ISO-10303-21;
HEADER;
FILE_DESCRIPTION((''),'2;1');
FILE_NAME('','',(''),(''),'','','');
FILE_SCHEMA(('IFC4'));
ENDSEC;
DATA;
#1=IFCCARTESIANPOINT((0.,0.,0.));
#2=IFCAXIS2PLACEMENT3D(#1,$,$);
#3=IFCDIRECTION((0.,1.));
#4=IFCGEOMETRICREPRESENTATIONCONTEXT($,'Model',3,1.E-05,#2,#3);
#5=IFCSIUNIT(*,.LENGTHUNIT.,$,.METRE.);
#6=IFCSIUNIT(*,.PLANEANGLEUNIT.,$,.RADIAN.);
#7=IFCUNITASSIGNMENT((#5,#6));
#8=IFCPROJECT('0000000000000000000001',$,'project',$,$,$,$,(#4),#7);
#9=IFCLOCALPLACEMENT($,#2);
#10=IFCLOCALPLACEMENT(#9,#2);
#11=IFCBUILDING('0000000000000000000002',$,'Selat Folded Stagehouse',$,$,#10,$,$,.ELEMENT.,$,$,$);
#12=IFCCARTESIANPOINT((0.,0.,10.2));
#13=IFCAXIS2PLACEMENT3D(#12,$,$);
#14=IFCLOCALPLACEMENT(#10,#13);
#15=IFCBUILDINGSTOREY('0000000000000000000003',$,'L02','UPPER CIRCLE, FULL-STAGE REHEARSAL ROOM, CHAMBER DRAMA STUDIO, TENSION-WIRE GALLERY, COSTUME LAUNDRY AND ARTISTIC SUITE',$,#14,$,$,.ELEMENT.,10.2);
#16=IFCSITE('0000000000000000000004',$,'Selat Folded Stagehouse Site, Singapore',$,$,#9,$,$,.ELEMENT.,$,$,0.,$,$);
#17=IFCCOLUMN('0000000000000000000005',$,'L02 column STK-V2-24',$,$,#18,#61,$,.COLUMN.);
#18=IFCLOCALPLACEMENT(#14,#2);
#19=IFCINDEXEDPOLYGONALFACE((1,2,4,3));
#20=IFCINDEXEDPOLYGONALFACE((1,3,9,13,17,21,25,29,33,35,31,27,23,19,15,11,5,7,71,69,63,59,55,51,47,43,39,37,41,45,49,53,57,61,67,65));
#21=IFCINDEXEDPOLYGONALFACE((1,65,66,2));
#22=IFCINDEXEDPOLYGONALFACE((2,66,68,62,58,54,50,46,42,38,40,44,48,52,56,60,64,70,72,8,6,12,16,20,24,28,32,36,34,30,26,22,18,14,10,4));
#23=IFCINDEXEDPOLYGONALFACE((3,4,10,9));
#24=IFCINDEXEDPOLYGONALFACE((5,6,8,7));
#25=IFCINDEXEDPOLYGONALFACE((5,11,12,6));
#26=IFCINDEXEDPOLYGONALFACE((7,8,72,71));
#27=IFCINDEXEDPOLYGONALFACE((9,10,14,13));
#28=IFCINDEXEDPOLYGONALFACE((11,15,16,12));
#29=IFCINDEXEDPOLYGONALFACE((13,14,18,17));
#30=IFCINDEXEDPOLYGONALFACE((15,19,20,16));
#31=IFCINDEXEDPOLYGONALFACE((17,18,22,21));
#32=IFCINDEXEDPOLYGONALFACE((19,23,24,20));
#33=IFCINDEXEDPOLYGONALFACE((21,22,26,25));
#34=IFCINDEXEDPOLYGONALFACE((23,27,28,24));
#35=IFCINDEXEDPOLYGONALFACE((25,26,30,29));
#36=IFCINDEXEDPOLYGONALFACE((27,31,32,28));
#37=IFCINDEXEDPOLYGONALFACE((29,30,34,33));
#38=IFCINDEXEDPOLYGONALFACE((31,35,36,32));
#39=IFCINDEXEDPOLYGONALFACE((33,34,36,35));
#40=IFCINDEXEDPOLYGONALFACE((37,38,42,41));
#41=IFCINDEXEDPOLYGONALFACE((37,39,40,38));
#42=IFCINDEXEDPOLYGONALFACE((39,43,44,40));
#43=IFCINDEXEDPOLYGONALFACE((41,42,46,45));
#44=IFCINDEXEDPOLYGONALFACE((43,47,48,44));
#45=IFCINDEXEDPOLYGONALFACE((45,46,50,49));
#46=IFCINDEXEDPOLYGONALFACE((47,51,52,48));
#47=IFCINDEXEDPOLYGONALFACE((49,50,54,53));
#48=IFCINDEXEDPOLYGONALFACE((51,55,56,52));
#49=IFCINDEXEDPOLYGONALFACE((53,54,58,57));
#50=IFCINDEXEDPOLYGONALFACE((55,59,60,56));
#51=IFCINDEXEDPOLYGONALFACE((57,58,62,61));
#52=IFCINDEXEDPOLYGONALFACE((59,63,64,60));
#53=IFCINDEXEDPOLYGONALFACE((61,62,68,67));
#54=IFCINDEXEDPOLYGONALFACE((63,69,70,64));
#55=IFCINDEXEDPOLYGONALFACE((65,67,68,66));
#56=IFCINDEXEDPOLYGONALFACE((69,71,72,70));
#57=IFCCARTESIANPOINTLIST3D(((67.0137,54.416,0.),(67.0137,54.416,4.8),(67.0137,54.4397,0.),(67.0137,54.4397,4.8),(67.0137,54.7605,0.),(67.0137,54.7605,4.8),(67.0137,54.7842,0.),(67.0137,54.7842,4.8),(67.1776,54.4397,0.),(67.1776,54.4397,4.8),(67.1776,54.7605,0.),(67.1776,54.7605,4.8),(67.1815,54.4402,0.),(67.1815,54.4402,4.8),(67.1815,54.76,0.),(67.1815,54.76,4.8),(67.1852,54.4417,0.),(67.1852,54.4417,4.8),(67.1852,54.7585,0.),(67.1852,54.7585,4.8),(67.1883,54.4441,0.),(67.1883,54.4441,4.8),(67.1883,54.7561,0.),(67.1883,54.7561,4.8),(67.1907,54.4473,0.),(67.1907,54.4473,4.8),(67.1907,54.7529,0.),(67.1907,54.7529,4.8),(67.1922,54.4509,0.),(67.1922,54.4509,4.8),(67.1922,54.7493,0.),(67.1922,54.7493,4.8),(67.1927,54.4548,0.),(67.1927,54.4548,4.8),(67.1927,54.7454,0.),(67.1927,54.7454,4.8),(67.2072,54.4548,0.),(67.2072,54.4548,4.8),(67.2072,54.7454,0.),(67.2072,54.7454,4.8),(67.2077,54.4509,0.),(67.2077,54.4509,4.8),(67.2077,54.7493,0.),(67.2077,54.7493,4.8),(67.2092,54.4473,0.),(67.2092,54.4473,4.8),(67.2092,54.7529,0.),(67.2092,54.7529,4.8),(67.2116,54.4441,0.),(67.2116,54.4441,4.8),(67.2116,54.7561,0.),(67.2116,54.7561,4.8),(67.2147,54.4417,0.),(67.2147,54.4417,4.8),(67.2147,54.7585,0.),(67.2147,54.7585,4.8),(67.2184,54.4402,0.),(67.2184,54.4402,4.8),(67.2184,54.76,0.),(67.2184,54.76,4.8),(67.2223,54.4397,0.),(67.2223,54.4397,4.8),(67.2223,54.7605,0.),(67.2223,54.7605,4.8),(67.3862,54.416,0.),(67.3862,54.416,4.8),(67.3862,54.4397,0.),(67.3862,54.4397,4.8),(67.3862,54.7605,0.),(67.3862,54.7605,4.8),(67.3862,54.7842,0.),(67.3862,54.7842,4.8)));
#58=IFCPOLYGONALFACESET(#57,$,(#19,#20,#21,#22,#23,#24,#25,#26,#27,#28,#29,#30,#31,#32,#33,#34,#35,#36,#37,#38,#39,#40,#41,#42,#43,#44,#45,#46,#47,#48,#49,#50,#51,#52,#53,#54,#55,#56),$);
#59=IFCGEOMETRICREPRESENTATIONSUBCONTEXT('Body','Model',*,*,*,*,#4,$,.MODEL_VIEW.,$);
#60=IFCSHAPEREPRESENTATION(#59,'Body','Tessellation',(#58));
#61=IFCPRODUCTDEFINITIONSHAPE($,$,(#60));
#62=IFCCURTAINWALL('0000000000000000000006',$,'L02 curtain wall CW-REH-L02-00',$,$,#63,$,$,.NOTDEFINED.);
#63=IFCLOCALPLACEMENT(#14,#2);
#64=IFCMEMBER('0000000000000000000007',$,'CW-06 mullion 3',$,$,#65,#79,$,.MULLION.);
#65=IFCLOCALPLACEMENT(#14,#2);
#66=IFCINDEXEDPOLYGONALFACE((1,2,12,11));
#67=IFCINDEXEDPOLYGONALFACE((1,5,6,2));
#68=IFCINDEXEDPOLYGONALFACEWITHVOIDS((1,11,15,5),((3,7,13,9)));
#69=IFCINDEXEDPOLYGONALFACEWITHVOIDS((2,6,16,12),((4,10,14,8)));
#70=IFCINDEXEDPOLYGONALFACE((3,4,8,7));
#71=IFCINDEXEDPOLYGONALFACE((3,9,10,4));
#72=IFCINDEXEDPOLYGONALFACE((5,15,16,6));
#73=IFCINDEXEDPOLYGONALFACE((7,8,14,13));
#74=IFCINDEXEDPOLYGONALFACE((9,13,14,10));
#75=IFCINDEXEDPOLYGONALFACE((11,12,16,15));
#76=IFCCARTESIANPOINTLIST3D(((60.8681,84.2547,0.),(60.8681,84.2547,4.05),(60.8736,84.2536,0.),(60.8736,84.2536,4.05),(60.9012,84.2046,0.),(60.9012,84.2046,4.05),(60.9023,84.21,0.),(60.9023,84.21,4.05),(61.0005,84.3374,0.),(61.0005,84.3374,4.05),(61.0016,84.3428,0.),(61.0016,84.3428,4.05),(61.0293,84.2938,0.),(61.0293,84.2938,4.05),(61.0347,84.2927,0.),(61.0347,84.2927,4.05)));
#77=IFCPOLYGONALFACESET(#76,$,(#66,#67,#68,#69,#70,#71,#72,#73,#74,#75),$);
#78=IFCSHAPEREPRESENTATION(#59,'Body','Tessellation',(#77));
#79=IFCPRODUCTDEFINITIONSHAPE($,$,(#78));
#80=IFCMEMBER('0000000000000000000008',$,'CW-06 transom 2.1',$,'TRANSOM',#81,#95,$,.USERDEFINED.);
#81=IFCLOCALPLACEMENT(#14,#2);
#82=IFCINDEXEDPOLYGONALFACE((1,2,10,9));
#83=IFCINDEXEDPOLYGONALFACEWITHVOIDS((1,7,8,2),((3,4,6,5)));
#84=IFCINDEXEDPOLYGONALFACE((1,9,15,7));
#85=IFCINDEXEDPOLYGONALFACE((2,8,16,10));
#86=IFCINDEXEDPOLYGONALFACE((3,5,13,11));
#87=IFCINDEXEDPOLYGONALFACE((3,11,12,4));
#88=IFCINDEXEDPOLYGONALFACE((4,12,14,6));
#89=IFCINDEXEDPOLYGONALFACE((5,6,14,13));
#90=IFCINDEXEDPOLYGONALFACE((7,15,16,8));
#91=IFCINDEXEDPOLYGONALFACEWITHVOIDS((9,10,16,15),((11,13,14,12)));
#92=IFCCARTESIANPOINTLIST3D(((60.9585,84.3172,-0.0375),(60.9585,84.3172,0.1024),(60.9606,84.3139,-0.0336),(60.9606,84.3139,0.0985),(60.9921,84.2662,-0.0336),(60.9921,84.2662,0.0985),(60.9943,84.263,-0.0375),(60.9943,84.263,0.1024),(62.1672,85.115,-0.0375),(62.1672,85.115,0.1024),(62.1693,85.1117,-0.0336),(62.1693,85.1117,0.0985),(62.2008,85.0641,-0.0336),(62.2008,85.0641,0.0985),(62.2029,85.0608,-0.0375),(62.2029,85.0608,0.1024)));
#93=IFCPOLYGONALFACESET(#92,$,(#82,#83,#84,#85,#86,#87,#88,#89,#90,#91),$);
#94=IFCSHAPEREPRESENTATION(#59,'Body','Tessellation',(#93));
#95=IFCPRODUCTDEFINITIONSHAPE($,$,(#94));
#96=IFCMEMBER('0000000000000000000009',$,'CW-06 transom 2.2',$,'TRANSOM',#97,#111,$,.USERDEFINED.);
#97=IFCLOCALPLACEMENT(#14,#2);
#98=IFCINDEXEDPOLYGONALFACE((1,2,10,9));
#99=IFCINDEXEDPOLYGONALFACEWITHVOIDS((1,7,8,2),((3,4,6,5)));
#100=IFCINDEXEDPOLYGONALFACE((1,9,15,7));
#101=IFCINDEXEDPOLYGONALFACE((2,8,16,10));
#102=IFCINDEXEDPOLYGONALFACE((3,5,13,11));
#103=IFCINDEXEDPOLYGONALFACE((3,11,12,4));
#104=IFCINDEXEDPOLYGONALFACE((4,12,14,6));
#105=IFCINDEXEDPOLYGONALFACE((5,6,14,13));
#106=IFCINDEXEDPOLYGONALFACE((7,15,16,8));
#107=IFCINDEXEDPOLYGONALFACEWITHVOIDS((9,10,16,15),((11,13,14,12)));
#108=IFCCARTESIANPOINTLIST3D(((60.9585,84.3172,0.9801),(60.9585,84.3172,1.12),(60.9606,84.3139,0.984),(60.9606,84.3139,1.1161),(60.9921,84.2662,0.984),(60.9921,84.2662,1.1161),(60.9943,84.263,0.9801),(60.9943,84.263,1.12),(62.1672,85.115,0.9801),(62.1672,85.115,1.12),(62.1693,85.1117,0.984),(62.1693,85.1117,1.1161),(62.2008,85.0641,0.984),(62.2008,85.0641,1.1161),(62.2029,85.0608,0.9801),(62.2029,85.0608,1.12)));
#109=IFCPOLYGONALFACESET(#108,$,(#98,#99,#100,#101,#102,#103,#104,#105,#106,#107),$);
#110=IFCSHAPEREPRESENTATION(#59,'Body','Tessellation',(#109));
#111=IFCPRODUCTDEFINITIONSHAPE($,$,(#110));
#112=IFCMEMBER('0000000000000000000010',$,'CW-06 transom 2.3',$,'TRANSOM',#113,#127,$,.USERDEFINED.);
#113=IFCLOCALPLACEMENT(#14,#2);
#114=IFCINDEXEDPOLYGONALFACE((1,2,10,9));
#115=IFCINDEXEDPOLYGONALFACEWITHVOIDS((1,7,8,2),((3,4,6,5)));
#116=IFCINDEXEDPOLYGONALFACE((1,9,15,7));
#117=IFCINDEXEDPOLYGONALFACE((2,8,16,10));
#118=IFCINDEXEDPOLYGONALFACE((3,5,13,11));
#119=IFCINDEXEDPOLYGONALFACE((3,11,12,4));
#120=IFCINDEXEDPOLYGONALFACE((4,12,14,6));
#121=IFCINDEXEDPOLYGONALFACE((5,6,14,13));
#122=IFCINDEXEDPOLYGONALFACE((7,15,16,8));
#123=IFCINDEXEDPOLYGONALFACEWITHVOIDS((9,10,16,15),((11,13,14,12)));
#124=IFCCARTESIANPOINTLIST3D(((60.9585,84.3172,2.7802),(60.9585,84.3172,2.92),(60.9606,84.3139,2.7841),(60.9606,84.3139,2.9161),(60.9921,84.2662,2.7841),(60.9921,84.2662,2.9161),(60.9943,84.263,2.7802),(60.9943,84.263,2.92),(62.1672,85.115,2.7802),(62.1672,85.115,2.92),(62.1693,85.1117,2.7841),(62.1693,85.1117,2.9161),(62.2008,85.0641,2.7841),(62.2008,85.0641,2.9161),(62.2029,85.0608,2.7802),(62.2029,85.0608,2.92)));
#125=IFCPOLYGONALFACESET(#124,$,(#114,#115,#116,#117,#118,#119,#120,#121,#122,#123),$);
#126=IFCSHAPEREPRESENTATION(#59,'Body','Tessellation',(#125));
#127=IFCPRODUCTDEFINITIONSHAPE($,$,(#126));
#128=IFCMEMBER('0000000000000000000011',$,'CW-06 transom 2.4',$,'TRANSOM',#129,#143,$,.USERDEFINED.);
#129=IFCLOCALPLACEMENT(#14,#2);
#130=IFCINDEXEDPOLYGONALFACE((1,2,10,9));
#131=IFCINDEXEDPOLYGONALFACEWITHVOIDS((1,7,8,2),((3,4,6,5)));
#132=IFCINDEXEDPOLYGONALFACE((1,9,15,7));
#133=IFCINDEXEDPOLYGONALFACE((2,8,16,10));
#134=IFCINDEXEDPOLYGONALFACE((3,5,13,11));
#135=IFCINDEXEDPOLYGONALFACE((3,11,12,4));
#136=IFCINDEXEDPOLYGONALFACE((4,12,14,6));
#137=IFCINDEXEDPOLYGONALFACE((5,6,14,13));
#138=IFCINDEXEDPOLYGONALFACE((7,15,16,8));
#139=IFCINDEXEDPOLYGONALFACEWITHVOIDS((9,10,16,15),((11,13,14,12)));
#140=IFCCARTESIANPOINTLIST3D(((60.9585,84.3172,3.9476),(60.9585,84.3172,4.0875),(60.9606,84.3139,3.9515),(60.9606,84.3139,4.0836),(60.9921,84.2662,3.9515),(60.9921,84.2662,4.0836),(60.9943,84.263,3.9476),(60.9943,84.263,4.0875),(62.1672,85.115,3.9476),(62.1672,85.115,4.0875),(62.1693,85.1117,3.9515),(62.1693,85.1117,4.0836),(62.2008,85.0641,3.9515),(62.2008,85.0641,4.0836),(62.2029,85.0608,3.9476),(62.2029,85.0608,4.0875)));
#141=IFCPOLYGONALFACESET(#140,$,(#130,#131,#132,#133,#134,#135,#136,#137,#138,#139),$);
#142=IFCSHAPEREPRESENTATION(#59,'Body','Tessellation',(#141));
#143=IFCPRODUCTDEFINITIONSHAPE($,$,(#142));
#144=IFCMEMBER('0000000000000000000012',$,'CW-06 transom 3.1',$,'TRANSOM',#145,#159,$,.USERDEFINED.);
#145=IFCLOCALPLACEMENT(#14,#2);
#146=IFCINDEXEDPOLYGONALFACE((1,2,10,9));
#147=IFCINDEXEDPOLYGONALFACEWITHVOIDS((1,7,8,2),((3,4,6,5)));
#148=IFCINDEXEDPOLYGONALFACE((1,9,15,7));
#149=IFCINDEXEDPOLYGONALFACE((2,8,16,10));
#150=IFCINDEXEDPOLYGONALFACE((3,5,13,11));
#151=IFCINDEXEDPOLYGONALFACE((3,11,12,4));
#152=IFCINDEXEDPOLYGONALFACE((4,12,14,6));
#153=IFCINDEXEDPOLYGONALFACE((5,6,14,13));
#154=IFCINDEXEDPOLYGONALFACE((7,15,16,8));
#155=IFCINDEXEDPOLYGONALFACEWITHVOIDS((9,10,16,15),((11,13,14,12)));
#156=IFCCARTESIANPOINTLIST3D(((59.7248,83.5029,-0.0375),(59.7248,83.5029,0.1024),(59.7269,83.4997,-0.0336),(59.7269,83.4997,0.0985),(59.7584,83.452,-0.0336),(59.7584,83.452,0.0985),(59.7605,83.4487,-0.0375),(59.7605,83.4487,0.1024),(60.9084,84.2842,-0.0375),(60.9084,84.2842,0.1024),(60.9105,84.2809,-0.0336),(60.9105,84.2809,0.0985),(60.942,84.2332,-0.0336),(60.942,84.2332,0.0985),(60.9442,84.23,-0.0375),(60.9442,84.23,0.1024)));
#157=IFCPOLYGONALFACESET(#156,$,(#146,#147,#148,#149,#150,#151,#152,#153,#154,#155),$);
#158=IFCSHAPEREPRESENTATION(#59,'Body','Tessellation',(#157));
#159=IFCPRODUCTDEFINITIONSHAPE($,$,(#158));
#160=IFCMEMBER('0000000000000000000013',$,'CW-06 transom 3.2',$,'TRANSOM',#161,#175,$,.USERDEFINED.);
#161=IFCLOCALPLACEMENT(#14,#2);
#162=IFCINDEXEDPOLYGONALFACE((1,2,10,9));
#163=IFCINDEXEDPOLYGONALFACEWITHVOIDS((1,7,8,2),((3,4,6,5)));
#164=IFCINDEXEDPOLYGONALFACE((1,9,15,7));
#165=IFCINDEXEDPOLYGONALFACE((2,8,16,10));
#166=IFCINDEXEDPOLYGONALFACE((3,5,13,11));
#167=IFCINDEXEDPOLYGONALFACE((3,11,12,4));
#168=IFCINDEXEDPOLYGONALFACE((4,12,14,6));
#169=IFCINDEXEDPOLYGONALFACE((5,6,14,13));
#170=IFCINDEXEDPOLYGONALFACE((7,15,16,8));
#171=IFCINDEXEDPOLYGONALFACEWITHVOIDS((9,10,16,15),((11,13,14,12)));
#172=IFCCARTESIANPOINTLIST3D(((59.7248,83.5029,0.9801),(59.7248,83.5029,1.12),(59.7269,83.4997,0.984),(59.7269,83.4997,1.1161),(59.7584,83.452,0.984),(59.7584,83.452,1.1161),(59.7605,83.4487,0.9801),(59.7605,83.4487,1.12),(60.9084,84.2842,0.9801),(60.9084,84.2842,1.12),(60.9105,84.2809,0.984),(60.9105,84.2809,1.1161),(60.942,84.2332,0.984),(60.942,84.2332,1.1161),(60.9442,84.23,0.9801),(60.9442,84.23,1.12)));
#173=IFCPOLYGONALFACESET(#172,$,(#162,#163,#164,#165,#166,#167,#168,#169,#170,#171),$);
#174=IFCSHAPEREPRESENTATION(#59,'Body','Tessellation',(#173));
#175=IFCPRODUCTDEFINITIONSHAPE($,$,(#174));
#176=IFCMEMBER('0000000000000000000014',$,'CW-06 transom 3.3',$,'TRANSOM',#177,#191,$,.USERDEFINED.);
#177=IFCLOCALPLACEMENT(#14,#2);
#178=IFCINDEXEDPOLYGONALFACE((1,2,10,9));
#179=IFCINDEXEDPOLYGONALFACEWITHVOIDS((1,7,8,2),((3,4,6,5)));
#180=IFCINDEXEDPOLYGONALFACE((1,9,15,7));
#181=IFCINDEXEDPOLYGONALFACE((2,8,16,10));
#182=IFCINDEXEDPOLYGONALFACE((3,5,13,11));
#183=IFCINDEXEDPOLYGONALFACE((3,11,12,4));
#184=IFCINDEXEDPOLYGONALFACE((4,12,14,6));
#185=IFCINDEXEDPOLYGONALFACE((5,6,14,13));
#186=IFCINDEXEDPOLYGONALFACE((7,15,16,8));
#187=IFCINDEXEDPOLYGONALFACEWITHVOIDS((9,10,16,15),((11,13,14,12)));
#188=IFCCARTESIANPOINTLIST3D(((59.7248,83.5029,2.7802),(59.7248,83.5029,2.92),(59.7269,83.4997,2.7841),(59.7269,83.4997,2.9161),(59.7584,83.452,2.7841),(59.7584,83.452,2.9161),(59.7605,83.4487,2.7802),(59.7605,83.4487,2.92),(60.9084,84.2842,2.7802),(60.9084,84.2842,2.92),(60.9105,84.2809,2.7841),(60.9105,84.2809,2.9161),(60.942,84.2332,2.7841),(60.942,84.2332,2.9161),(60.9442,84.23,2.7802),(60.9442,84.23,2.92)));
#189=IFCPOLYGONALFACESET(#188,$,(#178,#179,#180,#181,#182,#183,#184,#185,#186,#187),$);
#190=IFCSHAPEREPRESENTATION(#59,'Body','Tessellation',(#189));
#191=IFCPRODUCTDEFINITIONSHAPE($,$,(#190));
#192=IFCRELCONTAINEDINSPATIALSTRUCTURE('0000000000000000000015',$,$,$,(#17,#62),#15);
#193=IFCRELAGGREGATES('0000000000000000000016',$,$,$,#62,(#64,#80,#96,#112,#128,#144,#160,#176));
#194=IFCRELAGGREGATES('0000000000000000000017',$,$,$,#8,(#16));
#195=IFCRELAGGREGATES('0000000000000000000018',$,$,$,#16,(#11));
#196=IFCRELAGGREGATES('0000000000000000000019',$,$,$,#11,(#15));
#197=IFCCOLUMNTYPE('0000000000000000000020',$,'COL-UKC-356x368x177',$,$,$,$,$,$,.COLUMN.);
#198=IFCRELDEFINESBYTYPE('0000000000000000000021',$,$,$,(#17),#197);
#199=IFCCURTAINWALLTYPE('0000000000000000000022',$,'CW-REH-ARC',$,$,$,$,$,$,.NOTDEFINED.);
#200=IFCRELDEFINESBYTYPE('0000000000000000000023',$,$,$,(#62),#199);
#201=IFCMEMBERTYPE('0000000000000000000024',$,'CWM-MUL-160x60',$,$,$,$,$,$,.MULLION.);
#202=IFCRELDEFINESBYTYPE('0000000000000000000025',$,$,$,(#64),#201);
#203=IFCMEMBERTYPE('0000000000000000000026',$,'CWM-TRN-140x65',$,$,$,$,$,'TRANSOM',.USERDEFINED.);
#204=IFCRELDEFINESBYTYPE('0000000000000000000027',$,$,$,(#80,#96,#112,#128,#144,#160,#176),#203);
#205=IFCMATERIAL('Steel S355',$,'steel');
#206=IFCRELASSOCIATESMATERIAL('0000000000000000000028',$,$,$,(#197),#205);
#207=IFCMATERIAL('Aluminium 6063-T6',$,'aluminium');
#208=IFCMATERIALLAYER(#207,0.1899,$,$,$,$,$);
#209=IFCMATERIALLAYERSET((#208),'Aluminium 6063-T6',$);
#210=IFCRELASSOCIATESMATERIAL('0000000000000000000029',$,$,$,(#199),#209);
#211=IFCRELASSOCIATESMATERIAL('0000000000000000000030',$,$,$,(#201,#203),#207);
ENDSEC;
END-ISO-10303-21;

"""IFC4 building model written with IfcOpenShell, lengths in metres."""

from ifc_helpers import new_model, si_unit, direction, frame, origin, origin_2d, place, context, subcontext, project, spatial, hollow_rectangle, i_section, extrude, material, layer, layer_set, material_profile, profile_set, type_object, element, aggregate, save


model = new_model("IFC4")

# Units and contexts
model_context = context("Model", 3, precision=1e-05, world=origin(), true_north=direction((0.0, 1.0)))
body_context = subcontext(model_context, "Body", "Model", "MODEL_VIEW")
ifc_project = project(units=[si_unit("LENGTHUNIT", "METRE"), si_unit("PLANEANGLEUNIT", "RADIAN")], contexts=[model_context])

# Site, building, storey
site_placement = place(None, origin())
site = spatial("IfcSite", under=ifc_project, at=site_placement, Name="Selat Folded Stagehouse Site, Singapore", CompositionType="ELEMENT", RefElevation=0.0)
building_placement = place(site_placement, origin())
building = spatial("IfcBuilding", under=site, at=building_placement, Name="Selat Folded Stagehouse", CompositionType="ELEMENT")
storey_placement = place(building_placement, frame((0.0, 0.0, 10.2)))
storey = spatial("IfcBuildingStorey", under=building, at=storey_placement, Name="L02", Description="UPPER CIRCLE, FULL-STAGE REHEARSAL ROOM, CHAMBER DRAMA STUDIO, TENSION-WIRE GALLERY, COSTUME LAUNDRY AND ARTISTIC SUITE", CompositionType="ELEMENT", Elevation=10.2)

# Column
ifc_material_1 = material(Name="Steel S355", Category="steel")
ifc_material_profile_1 = material_profile(ifc_material_1, i_section(OverallWidth=0.3726, OverallDepth=0.3682, WebThickness=0.0144, FlangeThickness=0.0237, FilletRadius=0.0151, at=origin_2d()), Name="UKC 356x368x177")
ifc_profile_set_1 = profile_set([ifc_material_profile_1], Name="Steel S355")
column_type = type_object("IfcColumnType", Name="COL-UKC-356x368x177", PredefinedType="COLUMN", material=ifc_profile_set_1)
column_placement = place(storey_placement, frame((67.2, 54.6001, 0.0), z_axis=(0.0, 0.0, 1.0), x_axis=(1.0, 0.0, 0.0)))
element("IfcColumn", 1, at=column_placement, inside=storey, type_object=column_type, Name="L02 column STK-V2-24", PredefinedType="COLUMN", context=body_context, shape_type="SweptSolid", body=[
    extrude(i_section(OverallWidth=0.3726, OverallDepth=0.3682, WebThickness=0.0144, FlangeThickness=0.0237, FilletRadius=0.0151, at=origin_2d()), origin(), (0.0, 0.0, 1.0), 4.8),
])

# Curtain wall, members
ifc_material_2 = material(Name="Aluminium 6063-T6", Category="aluminium")
ifc_layer_1 = layer(ifc_material_2, 0.1899)
ifc_layer_set_1 = layer_set([ifc_layer_1], Name="Aluminium 6063-T6")
curtain_wall_type = type_object("IfcCurtainWallType", Name="CW-REH-ARC", PredefinedType="NOTDEFINED", material=ifc_layer_set_1)
curtain_wall_placement = place(storey_placement, origin())
curtain_wall = element("IfcCurtainWall", 2, at=curtain_wall_placement, inside=storey, type_object=curtain_wall_type, Name="L02 curtain wall CW-REH-L02-00", PredefinedType="NOTDEFINED")
ifc_material_profile_2 = material_profile(ifc_material_2, hollow_rectangle(XDim=0.0601, YDim=0.1599, WallThickness=0.0039, at=origin_2d()), Name="ALU 160x60x4.0")
ifc_profile_set_2 = profile_set([ifc_material_profile_2], Name="Aluminium 6063-T6")
member_type_1 = type_object("IfcMemberType", Name="CWM-MUL-160x60", PredefinedType="MULLION", material=ifc_profile_set_2)
member_1_placement = place(storey_placement, frame((60.9514, 84.2737, 0.0), z_axis=(0.0, 0.0, 1.0), x_axis=(0.550885, -0.834581, 0.0)))
member_1 = element("IfcMember", 3, at=member_1_placement, type_object=member_type_1, Name="CW-06 mullion 3", PredefinedType="MULLION", context=body_context, shape_type="SweptSolid", body=[
    extrude(hollow_rectangle(XDim=0.0601, YDim=0.1599, WallThickness=0.0039, at=origin_2d()), origin(), (0.0, 0.0, 1.0), 4.05),
])
ifc_material_profile_3 = material_profile(ifc_material_2, hollow_rectangle(XDim=0.0649, YDim=0.1399, WallThickness=0.0039, at=origin_2d()), Name="ALU 140x65x4.0")
ifc_profile_set_3 = profile_set([ifc_material_profile_3], Name="Aluminium 6063-T6")
member_type_2 = type_object("IfcMemberType", Name="CWM-TRN-140x65", ElementType="TRANSOM", PredefinedType="USERDEFINED", material=ifc_profile_set_3)
member_2_placement = place(storey_placement, frame((62.1851, 85.0879, 0.0325), z_axis=(-0.834583, -0.550882, 0.0), x_axis=(0.550882, -0.834583, 0.0)))
member_2 = element("IfcMember", 4, at=member_2_placement, type_object=member_type_2, Name="CW-06 transom 2.1", ObjectType="TRANSOM", PredefinedType="USERDEFINED", context=body_context, shape_type="SweptSolid", body=[
    extrude(hollow_rectangle(XDim=0.0649, YDim=0.1399, WallThickness=0.0039, at=origin_2d()), origin(), (0.0, 0.0, 1.0), 1.4482),
])
member_3_placement = place(storey_placement, frame((62.1851, 85.0879, 1.05), z_axis=(-0.834583, -0.550882, 0.0), x_axis=(0.550882, -0.834583, 0.0)))
member_3 = element("IfcMember", 5, at=member_3_placement, type_object=member_type_2, Name="CW-06 transom 2.2", ObjectType="TRANSOM", PredefinedType="USERDEFINED", context=body_context, shape_type="SweptSolid", body=[
    extrude(hollow_rectangle(XDim=0.0649, YDim=0.1399, WallThickness=0.0039, at=origin_2d()), origin(), (0.0, 0.0, 1.0), 1.4482),
])
member_4_placement = place(storey_placement, frame((62.1851, 85.0879, 2.8501), z_axis=(-0.834583, -0.550882, 0.0), x_axis=(0.550882, -0.834583, 0.0)))
member_4 = element("IfcMember", 6, at=member_4_placement, type_object=member_type_2, Name="CW-06 transom 2.3", ObjectType="TRANSOM", PredefinedType="USERDEFINED", context=body_context, shape_type="SweptSolid", body=[
    extrude(hollow_rectangle(XDim=0.0649, YDim=0.1399, WallThickness=0.0039, at=origin_2d()), origin(), (0.0, 0.0, 1.0), 1.4482),
])
member_5_placement = place(storey_placement, frame((62.1851, 85.0879, 4.0176), z_axis=(-0.834583, -0.550882, 0.0), x_axis=(0.550882, -0.834583, 0.0)))
member_5 = element("IfcMember", 7, at=member_5_placement, type_object=member_type_2, Name="CW-06 transom 2.4", ObjectType="TRANSOM", PredefinedType="USERDEFINED", context=body_context, shape_type="SweptSolid", body=[
    extrude(hollow_rectangle(XDim=0.0649, YDim=0.1399, WallThickness=0.0039, at=origin_2d()), origin(), (0.0, 0.0, 1.0), 1.4482),
])
member_6_placement = place(storey_placement, frame((60.9263, 84.2571, 0.0325), z_axis=(-0.834584, -0.550881, 0.0), x_axis=(0.550881, -0.834584, 0.0)))
member_6 = element("IfcMember", 8, at=member_6_placement, type_object=member_type_2, Name="CW-06 transom 3.1", ObjectType="TRANSOM", PredefinedType="USERDEFINED", context=body_context, shape_type="SweptSolid", body=[
    extrude(hollow_rectangle(XDim=0.0649, YDim=0.1399, WallThickness=0.0039, at=origin_2d()), origin(), (0.0, 0.0, 1.0), 1.4182),
])
member_7_placement = place(storey_placement, frame((60.9263, 84.2571, 1.05), z_axis=(-0.834584, -0.550881, 0.0), x_axis=(0.550881, -0.834584, 0.0)))
member_7 = element("IfcMember", 9, at=member_7_placement, type_object=member_type_2, Name="CW-06 transom 3.2", ObjectType="TRANSOM", PredefinedType="USERDEFINED", context=body_context, shape_type="SweptSolid", body=[
    extrude(hollow_rectangle(XDim=0.0649, YDim=0.1399, WallThickness=0.0039, at=origin_2d()), origin(), (0.0, 0.0, 1.0), 1.4182),
])
member_8_placement = place(storey_placement, frame((60.9263, 84.2571, 2.8501), z_axis=(-0.834584, -0.550881, 0.0), x_axis=(0.550881, -0.834584, 0.0)))
member_8 = element("IfcMember", 10, at=member_8_placement, type_object=member_type_2, Name="CW-06 transom 3.3", ObjectType="TRANSOM", PredefinedType="USERDEFINED", context=body_context, shape_type="SweptSolid", body=[
    extrude(hollow_rectangle(XDim=0.0649, YDim=0.1399, WallThickness=0.0039, at=origin_2d()), origin(), (0.0, 0.0, 1.0), 1.4182),
])
aggregate(curtain_wall, [member_1, member_2, member_3, member_4, member_5, member_6, member_7, member_8])

save(model, "model.ifc")
